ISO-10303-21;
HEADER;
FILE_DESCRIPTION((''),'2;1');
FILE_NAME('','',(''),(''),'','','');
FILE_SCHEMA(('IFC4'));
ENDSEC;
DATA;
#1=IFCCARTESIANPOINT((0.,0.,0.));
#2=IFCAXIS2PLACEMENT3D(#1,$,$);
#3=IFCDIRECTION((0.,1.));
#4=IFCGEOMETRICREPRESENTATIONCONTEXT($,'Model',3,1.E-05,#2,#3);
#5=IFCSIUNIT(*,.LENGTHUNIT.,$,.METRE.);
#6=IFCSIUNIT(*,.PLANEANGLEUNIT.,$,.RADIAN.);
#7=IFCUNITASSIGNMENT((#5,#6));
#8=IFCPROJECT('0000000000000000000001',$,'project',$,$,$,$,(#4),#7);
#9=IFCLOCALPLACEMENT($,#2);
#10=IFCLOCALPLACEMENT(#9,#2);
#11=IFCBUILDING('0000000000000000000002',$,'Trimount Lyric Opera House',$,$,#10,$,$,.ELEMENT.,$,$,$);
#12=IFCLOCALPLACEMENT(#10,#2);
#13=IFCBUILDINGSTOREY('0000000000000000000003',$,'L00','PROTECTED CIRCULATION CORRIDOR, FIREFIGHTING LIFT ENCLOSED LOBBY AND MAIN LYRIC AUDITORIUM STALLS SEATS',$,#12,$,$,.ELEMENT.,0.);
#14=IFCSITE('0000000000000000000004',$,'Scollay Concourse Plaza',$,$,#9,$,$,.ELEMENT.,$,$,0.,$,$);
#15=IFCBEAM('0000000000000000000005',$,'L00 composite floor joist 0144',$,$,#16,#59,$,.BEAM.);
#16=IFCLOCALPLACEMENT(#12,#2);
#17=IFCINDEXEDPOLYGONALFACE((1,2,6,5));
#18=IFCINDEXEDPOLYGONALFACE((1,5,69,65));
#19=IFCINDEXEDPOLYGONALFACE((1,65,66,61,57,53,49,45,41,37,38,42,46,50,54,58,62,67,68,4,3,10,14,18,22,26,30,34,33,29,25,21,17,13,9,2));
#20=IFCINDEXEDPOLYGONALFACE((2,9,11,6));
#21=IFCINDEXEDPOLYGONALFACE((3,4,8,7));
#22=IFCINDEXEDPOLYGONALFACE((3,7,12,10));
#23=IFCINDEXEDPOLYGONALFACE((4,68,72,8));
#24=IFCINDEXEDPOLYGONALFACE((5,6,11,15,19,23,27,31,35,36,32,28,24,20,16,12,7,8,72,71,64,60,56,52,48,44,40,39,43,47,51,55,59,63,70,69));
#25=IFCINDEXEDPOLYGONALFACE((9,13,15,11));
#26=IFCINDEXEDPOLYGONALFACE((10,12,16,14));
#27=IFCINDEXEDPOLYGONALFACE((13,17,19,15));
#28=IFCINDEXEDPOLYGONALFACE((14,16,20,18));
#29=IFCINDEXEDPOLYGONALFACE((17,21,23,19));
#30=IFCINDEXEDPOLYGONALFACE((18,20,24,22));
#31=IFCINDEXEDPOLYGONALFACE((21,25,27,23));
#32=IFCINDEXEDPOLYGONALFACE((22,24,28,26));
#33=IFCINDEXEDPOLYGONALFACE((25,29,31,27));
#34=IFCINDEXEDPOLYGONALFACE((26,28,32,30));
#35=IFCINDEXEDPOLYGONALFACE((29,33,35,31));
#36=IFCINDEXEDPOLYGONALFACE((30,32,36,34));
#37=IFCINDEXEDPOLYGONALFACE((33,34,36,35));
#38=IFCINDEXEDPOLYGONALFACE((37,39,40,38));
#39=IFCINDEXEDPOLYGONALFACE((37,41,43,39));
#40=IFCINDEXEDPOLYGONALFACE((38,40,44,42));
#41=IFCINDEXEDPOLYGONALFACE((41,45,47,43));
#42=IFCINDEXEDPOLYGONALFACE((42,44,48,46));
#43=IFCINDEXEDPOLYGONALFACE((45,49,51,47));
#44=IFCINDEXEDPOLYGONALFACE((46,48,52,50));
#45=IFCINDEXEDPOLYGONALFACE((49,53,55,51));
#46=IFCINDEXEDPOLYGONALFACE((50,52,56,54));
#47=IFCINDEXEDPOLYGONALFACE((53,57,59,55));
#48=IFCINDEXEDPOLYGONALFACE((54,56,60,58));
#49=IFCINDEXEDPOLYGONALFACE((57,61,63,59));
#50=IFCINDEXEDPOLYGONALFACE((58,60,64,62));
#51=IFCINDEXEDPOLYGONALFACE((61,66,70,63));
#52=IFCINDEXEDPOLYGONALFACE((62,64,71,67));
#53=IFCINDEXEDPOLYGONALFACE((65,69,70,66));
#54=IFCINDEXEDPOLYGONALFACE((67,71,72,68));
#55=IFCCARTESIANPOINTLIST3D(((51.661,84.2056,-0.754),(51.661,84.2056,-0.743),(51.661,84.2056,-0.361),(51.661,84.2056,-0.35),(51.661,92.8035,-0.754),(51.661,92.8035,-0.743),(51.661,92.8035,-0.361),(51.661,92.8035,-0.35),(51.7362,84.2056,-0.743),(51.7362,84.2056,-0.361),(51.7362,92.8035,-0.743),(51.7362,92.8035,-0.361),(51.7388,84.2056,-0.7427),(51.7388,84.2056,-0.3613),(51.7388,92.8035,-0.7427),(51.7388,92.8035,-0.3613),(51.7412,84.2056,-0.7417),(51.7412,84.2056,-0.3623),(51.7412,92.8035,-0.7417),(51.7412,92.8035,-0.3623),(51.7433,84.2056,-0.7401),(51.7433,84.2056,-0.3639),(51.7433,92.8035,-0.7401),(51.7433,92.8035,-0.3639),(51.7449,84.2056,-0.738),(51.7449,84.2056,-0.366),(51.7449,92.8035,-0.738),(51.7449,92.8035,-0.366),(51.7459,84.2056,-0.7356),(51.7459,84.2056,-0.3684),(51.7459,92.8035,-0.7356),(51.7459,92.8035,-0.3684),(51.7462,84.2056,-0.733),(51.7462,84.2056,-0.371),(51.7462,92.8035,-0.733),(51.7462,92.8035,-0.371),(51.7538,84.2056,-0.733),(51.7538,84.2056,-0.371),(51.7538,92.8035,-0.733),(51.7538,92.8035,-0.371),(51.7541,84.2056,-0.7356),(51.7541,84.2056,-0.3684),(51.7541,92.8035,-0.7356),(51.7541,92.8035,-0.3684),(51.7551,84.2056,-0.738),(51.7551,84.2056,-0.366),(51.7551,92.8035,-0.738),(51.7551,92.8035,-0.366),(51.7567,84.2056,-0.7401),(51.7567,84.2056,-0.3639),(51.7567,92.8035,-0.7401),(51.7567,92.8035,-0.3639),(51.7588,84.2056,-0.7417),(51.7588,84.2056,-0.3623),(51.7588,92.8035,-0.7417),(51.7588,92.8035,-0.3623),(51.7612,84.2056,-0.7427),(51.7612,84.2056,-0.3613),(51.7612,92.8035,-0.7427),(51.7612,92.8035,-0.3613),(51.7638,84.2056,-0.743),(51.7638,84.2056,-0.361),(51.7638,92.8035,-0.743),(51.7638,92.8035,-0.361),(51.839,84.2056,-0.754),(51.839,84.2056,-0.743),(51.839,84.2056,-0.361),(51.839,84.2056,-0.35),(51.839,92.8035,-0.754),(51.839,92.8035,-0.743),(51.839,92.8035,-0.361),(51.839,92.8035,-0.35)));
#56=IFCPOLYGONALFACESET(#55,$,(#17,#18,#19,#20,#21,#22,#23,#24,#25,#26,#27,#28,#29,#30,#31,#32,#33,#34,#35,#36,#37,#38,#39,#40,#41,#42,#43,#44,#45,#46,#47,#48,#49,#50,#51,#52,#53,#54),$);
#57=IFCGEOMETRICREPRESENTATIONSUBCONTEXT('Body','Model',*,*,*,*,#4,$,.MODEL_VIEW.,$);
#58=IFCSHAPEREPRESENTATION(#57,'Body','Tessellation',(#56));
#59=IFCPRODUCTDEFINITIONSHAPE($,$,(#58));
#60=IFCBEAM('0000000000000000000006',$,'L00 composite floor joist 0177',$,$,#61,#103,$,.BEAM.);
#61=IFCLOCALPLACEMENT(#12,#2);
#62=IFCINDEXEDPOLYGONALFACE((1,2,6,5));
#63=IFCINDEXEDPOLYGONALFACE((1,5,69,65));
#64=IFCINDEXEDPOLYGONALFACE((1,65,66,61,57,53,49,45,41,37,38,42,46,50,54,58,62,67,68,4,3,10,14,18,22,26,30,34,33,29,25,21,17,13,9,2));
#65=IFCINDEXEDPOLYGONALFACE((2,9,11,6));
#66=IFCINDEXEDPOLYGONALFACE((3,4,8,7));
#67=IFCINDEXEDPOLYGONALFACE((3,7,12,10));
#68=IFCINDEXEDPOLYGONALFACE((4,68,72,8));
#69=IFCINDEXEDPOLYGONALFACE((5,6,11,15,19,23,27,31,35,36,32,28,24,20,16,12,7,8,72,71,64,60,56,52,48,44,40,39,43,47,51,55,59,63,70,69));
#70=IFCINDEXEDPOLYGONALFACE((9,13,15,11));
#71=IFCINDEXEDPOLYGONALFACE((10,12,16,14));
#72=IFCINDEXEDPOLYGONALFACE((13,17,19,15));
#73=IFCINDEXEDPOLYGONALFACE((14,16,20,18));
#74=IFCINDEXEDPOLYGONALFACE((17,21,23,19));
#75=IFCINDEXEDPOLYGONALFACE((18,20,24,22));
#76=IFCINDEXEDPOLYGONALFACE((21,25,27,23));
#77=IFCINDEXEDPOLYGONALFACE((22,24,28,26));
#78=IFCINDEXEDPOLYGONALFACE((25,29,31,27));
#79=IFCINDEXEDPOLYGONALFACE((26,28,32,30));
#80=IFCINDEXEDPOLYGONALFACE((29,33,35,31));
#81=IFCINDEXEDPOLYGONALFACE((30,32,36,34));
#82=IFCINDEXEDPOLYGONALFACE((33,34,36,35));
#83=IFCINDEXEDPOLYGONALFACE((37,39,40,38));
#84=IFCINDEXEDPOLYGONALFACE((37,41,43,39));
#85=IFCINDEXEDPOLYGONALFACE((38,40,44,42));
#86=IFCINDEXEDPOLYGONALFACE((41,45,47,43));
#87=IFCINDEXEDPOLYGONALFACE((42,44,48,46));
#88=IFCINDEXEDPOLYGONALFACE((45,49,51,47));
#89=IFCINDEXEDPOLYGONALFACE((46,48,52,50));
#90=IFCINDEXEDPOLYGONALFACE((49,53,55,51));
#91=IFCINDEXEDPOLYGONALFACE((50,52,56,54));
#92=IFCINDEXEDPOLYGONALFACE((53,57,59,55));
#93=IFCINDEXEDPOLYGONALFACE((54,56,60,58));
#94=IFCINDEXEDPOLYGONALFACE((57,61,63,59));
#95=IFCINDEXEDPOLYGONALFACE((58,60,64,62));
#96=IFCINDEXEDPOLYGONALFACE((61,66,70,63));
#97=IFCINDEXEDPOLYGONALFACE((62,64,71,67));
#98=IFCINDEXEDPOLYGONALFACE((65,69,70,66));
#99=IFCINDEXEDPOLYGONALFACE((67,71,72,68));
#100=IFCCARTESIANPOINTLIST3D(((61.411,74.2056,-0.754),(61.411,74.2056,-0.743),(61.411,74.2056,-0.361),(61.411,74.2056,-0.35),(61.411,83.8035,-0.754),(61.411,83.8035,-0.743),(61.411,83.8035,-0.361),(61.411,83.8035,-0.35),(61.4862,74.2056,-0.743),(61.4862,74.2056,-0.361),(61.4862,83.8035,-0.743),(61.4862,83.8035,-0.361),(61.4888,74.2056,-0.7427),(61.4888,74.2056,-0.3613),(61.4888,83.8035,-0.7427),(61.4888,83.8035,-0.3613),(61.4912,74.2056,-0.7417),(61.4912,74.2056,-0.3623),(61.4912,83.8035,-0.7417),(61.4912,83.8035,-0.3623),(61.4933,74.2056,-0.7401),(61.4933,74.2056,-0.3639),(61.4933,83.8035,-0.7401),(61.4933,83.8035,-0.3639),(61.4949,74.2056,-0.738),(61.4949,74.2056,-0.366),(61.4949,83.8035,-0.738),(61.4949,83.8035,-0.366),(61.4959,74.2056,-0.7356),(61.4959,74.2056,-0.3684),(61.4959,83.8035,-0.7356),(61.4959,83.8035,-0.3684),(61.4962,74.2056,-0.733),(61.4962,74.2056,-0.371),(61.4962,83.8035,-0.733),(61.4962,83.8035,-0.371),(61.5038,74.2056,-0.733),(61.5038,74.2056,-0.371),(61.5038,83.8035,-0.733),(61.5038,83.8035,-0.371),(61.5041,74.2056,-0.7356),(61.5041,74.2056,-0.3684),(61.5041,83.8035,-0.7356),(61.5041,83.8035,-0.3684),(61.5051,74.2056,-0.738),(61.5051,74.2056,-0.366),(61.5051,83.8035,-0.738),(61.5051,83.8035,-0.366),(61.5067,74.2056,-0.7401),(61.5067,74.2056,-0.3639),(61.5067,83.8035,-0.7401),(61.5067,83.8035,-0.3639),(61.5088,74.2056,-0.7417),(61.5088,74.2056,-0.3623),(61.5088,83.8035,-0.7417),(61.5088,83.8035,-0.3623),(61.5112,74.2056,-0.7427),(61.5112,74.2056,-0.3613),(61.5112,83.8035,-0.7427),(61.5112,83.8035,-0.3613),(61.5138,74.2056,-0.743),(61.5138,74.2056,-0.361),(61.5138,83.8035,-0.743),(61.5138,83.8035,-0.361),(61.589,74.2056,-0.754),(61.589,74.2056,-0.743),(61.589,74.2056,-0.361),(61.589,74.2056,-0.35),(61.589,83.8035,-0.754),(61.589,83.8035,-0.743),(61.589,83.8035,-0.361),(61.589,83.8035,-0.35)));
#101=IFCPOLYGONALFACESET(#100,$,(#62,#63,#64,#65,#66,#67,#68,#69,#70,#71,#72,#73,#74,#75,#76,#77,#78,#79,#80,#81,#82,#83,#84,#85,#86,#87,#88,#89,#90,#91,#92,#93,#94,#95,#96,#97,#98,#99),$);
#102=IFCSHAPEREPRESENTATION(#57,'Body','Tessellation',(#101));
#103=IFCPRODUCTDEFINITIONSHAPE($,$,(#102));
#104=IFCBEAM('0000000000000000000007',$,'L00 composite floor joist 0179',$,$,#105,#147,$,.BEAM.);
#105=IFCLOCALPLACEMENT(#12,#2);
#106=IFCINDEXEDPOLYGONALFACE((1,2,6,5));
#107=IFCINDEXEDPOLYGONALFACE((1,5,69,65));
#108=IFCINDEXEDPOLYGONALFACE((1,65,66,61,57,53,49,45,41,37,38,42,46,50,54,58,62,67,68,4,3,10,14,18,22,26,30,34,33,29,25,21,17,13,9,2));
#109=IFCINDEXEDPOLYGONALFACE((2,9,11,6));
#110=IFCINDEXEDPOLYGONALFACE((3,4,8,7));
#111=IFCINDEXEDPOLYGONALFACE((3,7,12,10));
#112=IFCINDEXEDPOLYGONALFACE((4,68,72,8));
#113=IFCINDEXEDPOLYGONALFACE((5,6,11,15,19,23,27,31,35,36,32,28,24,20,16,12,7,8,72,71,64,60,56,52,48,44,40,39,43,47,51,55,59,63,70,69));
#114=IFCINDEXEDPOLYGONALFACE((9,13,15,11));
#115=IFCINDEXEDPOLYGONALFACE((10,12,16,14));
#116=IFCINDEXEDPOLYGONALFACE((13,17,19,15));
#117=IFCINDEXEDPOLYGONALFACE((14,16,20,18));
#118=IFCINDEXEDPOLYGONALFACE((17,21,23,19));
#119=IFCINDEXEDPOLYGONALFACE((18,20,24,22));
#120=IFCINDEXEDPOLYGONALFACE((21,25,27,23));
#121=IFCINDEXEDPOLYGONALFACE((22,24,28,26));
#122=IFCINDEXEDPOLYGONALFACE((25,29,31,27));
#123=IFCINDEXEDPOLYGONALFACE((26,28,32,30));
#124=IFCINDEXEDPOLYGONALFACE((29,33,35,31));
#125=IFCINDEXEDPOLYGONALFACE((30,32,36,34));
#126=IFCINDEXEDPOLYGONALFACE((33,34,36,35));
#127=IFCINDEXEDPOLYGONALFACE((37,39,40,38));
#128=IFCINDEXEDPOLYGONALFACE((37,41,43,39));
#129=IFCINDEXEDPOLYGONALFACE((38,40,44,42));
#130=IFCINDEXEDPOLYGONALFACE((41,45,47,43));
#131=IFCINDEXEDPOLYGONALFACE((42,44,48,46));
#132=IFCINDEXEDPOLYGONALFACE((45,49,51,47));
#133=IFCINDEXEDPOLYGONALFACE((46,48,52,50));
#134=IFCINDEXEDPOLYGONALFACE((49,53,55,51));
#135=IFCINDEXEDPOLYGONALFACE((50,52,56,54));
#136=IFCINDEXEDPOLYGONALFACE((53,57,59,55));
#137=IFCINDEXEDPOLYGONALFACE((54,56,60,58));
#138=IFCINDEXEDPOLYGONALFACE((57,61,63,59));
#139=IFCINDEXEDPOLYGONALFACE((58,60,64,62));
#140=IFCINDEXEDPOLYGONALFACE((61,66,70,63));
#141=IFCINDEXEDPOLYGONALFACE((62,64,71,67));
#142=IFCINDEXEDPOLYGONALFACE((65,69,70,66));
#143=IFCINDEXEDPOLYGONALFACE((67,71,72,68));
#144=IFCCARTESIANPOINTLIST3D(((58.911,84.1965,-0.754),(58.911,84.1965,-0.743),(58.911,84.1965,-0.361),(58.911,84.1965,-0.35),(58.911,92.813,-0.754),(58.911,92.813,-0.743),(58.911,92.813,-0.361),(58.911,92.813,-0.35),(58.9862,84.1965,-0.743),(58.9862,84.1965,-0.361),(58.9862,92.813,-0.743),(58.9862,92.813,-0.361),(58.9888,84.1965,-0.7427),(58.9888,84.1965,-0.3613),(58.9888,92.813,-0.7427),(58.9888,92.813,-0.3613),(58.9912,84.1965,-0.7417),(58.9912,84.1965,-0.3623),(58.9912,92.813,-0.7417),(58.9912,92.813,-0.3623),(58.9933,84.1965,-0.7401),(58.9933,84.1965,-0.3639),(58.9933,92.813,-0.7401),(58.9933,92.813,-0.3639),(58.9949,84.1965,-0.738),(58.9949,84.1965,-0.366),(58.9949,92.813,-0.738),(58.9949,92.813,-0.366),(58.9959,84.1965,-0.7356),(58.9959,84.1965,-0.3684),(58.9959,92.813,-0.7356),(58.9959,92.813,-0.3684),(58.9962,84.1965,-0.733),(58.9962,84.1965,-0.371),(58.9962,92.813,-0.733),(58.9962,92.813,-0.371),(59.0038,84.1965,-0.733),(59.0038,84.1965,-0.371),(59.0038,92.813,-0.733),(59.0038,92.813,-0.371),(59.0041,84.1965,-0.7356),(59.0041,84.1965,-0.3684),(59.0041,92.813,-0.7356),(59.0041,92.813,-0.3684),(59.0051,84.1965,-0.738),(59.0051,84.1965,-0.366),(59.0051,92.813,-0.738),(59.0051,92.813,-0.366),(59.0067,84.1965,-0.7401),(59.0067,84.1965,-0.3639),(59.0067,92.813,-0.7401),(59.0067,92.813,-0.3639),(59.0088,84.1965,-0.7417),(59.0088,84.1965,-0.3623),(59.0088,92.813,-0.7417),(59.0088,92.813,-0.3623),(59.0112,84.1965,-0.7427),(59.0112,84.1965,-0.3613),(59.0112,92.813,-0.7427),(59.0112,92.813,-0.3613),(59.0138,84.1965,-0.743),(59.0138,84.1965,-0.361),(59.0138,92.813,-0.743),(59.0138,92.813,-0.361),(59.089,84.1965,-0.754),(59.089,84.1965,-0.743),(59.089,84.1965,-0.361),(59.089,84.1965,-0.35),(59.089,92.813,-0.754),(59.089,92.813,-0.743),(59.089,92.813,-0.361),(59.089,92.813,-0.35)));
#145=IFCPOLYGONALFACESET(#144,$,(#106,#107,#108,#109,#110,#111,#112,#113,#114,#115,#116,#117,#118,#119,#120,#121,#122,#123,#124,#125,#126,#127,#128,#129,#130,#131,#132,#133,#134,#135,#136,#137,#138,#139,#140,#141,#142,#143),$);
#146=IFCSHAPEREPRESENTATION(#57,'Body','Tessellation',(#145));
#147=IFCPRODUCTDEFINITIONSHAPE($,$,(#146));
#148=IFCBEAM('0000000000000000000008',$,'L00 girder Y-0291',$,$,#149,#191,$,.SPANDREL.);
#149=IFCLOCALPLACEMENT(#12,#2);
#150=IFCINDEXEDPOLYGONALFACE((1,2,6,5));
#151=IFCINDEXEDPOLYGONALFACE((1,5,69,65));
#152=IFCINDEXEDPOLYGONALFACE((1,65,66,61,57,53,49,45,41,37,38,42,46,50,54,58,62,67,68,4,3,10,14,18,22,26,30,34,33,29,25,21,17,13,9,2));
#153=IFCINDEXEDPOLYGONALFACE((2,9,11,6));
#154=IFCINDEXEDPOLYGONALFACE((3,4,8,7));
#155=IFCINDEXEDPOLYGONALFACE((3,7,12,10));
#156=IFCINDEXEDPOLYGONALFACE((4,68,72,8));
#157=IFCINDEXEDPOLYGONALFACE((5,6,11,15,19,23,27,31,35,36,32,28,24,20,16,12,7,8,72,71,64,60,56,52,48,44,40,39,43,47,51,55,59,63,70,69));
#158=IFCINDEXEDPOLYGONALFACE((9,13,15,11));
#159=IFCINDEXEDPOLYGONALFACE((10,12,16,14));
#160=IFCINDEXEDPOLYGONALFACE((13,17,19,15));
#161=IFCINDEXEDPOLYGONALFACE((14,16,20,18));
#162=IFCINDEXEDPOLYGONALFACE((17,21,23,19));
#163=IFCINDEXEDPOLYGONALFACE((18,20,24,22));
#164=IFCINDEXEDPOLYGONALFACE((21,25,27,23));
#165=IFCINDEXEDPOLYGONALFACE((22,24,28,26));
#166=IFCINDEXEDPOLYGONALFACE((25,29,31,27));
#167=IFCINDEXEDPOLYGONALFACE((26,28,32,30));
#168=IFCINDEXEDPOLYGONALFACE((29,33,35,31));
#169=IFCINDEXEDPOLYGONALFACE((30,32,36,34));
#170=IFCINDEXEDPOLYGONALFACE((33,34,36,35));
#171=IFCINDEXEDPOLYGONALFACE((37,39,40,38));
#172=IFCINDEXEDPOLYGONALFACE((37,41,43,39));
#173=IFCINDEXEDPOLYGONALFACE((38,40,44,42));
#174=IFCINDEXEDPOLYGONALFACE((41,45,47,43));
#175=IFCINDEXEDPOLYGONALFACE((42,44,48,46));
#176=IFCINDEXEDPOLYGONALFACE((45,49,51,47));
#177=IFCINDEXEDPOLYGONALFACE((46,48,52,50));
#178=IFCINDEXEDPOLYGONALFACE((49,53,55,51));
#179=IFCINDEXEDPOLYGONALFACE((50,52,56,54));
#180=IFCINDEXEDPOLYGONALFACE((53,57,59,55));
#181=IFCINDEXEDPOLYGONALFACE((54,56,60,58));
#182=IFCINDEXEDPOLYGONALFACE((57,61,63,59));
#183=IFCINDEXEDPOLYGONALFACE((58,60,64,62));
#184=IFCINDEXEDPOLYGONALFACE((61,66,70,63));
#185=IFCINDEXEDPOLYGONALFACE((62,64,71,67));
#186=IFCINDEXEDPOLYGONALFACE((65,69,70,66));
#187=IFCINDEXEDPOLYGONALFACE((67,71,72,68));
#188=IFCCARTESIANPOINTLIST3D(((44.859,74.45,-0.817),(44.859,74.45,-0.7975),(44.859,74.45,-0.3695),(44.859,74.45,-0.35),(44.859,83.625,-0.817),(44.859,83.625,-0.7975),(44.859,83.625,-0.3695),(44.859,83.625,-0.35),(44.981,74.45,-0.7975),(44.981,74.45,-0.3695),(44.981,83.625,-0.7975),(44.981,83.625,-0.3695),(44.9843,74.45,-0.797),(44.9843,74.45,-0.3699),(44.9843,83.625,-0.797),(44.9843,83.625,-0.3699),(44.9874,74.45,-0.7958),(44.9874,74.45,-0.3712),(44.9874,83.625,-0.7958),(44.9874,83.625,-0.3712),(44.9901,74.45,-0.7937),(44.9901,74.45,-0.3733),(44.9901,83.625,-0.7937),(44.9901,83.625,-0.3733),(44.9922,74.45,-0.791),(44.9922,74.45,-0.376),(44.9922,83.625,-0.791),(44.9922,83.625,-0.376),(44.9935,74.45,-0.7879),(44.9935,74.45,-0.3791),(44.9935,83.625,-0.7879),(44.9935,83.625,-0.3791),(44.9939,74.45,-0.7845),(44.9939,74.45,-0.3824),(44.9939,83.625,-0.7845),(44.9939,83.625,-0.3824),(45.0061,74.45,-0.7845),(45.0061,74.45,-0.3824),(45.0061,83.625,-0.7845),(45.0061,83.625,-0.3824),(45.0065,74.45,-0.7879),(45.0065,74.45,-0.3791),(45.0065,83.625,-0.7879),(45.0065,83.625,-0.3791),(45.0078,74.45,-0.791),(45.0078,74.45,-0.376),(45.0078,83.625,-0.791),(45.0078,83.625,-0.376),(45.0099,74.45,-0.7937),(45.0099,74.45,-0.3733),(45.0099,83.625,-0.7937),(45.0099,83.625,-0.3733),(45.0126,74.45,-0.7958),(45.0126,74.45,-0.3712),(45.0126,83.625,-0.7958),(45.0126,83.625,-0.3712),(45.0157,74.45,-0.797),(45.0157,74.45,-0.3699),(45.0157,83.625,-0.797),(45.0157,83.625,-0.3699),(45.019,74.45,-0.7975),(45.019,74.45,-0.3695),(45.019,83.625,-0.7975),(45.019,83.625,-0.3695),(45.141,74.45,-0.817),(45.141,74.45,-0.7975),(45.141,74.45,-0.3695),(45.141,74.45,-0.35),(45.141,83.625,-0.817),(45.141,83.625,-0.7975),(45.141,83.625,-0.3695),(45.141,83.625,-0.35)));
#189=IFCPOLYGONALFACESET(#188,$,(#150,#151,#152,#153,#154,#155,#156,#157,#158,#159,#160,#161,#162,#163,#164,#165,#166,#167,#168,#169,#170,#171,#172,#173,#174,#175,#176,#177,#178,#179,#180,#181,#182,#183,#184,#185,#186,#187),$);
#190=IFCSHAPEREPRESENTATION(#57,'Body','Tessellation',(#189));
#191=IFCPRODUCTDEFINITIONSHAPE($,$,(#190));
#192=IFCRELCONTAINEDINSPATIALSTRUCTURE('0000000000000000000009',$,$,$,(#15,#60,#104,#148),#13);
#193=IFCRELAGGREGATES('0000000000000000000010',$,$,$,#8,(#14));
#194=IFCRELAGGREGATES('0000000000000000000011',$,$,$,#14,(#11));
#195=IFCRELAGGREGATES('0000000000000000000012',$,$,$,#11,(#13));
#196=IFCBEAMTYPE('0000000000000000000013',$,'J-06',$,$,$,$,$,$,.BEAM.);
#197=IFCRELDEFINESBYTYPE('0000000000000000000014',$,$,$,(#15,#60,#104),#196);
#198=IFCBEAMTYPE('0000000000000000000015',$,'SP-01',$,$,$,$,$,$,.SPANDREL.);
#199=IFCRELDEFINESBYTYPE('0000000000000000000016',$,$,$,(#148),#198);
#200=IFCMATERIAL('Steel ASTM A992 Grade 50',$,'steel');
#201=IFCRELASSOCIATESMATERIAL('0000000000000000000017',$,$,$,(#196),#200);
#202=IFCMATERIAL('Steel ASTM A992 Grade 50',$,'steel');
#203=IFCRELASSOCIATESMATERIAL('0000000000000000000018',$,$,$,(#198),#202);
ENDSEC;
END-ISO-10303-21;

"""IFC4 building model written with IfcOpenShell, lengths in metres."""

from ifc_helpers import new_model, si_unit, direction, frame, origin, origin_2d, place, context, subcontext, project, spatial, i_section, extrude, material, material_profile, profile_set, type_object, element, save


model = new_model("IFC4")

# Units and contexts
model_context = context("Model", 3, precision=1e-05, world=origin(), true_north=direction((0.0, 1.0)))
body_context = subcontext(model_context, "Body", "Model", "MODEL_VIEW")
ifc_project = project(units=[si_unit("LENGTHUNIT", "METRE"), si_unit("PLANEANGLEUNIT", "RADIAN")], contexts=[model_context])

# Site, building, storey
site_placement = place(None, origin())
site = spatial("IfcSite", under=ifc_project, at=site_placement, Name="Scollay Concourse Plaza", CompositionType="ELEMENT", RefElevation=0.0)
building_placement = place(site_placement, origin())
building = spatial("IfcBuilding", under=site, at=building_placement, Name="Trimount Lyric Opera House", CompositionType="ELEMENT")
storey_placement = place(building_placement, origin())
storey = spatial("IfcBuildingStorey", under=building, at=storey_placement, Name="L00", Description="PROTECTED CIRCULATION CORRIDOR, FIREFIGHTING LIFT ENCLOSED LOBBY AND MAIN LYRIC AUDITORIUM STALLS SEATS", CompositionType="ELEMENT", Elevation=0.0)

# Beams
ifc_material_1 = material(Name="Steel ASTM A992 Grade 50", Category="steel")
ifc_material_profile_1 = material_profile(ifc_material_1, i_section(OverallWidth=0.178, OverallDepth=0.4041, WebThickness=0.0076, FlangeThickness=0.011, FilletRadius=0.01, at=origin_2d()), Name="W16X36")
ifc_profile_set_1 = profile_set([ifc_material_profile_1], Name="Steel ASTM A992 Grade 50")
beam_type_1 = type_object("IfcBeamType", Name="J-06", PredefinedType="BEAM", material=ifc_profile_set_1)
beam_1_placement = place(storey_placement, frame((51.75, 84.2056, -0.552), z_axis=(0.0, 1.0, 0.0), x_axis=(-1.0, 0.0, 0.0)))
element("IfcBeam", 1, at=beam_1_placement, inside=storey, type_object=beam_type_1, Name="L00 composite floor joist 0144", PredefinedType="BEAM", context=body_context, shape_type="SweptSolid", body=[
    extrude(i_section(OverallWidth=0.178, OverallDepth=0.4041, WebThickness=0.0076, FlangeThickness=0.011, FilletRadius=0.01, at=origin_2d()), origin(), (0.0, 0.0, 1.0), 8.5979),
])
beam_2_placement = place(storey_placement, frame((61.5, 74.2056, -0.552), z_axis=(0.0, 1.0, 0.0), x_axis=(-1.0, 0.0, 0.0)))
element("IfcBeam", 2, at=beam_2_placement, inside=storey, type_object=beam_type_1, Name="L00 composite floor joist 0177", PredefinedType="BEAM", context=body_context, shape_type="SweptSolid", body=[
    extrude(i_section(OverallWidth=0.178, OverallDepth=0.4041, WebThickness=0.0076, FlangeThickness=0.011, FilletRadius=0.01, at=origin_2d()), origin(), (0.0, 0.0, 1.0), 9.5979),
])
beam_3_placement = place(storey_placement, frame((59.0, 84.1965, -0.552), z_axis=(0.0, 1.0, 0.0), x_axis=(-1.0, 0.0, 0.0)))
element("IfcBeam", 3, at=beam_3_placement, inside=storey, type_object=beam_type_1, Name="L00 composite floor joist 0179", PredefinedType="BEAM", context=body_context, shape_type="SweptSolid", body=[
    extrude(i_section(OverallWidth=0.178, OverallDepth=0.4041, WebThickness=0.0076, FlangeThickness=0.011, FilletRadius=0.01, at=origin_2d()), origin(), (0.0, 0.0, 1.0), 8.6165),
])
ifc_material_2 = material(Name="Steel ASTM A992 Grade 50", Category="steel")
ifc_material_profile_2 = material_profile(ifc_material_2, i_section(OverallWidth=0.282, OverallDepth=0.467, WebThickness=0.0122, FlangeThickness=0.0195, FilletRadius=0.0129, at=origin_2d()), Name="W18X86")
ifc_profile_set_2 = profile_set([ifc_material_profile_2], Name="Steel ASTM A992 Grade 50")
beam_type_2 = type_object("IfcBeamType", Name="SP-01", PredefinedType="SPANDREL", material=ifc_profile_set_2)
beam_4_placement = place(storey_placement, frame((45.0, 74.45, -0.5835), z_axis=(0.0, 1.0, 0.0), x_axis=(-1.0, 0.0, 0.0)))
element("IfcBeam", 4, at=beam_4_placement, inside=storey, type_object=beam_type_2, Name="L00 girder Y-0291", PredefinedType="SPANDREL", context=body_context, shape_type="SweptSolid", body=[
    extrude(i_section(OverallWidth=0.282, OverallDepth=0.467, WebThickness=0.0122, FlangeThickness=0.0195, FilletRadius=0.0129, at=origin_2d()), origin(), (0.0, 0.0, 1.0), 9.175),
])

save(model, "model.ifc")
